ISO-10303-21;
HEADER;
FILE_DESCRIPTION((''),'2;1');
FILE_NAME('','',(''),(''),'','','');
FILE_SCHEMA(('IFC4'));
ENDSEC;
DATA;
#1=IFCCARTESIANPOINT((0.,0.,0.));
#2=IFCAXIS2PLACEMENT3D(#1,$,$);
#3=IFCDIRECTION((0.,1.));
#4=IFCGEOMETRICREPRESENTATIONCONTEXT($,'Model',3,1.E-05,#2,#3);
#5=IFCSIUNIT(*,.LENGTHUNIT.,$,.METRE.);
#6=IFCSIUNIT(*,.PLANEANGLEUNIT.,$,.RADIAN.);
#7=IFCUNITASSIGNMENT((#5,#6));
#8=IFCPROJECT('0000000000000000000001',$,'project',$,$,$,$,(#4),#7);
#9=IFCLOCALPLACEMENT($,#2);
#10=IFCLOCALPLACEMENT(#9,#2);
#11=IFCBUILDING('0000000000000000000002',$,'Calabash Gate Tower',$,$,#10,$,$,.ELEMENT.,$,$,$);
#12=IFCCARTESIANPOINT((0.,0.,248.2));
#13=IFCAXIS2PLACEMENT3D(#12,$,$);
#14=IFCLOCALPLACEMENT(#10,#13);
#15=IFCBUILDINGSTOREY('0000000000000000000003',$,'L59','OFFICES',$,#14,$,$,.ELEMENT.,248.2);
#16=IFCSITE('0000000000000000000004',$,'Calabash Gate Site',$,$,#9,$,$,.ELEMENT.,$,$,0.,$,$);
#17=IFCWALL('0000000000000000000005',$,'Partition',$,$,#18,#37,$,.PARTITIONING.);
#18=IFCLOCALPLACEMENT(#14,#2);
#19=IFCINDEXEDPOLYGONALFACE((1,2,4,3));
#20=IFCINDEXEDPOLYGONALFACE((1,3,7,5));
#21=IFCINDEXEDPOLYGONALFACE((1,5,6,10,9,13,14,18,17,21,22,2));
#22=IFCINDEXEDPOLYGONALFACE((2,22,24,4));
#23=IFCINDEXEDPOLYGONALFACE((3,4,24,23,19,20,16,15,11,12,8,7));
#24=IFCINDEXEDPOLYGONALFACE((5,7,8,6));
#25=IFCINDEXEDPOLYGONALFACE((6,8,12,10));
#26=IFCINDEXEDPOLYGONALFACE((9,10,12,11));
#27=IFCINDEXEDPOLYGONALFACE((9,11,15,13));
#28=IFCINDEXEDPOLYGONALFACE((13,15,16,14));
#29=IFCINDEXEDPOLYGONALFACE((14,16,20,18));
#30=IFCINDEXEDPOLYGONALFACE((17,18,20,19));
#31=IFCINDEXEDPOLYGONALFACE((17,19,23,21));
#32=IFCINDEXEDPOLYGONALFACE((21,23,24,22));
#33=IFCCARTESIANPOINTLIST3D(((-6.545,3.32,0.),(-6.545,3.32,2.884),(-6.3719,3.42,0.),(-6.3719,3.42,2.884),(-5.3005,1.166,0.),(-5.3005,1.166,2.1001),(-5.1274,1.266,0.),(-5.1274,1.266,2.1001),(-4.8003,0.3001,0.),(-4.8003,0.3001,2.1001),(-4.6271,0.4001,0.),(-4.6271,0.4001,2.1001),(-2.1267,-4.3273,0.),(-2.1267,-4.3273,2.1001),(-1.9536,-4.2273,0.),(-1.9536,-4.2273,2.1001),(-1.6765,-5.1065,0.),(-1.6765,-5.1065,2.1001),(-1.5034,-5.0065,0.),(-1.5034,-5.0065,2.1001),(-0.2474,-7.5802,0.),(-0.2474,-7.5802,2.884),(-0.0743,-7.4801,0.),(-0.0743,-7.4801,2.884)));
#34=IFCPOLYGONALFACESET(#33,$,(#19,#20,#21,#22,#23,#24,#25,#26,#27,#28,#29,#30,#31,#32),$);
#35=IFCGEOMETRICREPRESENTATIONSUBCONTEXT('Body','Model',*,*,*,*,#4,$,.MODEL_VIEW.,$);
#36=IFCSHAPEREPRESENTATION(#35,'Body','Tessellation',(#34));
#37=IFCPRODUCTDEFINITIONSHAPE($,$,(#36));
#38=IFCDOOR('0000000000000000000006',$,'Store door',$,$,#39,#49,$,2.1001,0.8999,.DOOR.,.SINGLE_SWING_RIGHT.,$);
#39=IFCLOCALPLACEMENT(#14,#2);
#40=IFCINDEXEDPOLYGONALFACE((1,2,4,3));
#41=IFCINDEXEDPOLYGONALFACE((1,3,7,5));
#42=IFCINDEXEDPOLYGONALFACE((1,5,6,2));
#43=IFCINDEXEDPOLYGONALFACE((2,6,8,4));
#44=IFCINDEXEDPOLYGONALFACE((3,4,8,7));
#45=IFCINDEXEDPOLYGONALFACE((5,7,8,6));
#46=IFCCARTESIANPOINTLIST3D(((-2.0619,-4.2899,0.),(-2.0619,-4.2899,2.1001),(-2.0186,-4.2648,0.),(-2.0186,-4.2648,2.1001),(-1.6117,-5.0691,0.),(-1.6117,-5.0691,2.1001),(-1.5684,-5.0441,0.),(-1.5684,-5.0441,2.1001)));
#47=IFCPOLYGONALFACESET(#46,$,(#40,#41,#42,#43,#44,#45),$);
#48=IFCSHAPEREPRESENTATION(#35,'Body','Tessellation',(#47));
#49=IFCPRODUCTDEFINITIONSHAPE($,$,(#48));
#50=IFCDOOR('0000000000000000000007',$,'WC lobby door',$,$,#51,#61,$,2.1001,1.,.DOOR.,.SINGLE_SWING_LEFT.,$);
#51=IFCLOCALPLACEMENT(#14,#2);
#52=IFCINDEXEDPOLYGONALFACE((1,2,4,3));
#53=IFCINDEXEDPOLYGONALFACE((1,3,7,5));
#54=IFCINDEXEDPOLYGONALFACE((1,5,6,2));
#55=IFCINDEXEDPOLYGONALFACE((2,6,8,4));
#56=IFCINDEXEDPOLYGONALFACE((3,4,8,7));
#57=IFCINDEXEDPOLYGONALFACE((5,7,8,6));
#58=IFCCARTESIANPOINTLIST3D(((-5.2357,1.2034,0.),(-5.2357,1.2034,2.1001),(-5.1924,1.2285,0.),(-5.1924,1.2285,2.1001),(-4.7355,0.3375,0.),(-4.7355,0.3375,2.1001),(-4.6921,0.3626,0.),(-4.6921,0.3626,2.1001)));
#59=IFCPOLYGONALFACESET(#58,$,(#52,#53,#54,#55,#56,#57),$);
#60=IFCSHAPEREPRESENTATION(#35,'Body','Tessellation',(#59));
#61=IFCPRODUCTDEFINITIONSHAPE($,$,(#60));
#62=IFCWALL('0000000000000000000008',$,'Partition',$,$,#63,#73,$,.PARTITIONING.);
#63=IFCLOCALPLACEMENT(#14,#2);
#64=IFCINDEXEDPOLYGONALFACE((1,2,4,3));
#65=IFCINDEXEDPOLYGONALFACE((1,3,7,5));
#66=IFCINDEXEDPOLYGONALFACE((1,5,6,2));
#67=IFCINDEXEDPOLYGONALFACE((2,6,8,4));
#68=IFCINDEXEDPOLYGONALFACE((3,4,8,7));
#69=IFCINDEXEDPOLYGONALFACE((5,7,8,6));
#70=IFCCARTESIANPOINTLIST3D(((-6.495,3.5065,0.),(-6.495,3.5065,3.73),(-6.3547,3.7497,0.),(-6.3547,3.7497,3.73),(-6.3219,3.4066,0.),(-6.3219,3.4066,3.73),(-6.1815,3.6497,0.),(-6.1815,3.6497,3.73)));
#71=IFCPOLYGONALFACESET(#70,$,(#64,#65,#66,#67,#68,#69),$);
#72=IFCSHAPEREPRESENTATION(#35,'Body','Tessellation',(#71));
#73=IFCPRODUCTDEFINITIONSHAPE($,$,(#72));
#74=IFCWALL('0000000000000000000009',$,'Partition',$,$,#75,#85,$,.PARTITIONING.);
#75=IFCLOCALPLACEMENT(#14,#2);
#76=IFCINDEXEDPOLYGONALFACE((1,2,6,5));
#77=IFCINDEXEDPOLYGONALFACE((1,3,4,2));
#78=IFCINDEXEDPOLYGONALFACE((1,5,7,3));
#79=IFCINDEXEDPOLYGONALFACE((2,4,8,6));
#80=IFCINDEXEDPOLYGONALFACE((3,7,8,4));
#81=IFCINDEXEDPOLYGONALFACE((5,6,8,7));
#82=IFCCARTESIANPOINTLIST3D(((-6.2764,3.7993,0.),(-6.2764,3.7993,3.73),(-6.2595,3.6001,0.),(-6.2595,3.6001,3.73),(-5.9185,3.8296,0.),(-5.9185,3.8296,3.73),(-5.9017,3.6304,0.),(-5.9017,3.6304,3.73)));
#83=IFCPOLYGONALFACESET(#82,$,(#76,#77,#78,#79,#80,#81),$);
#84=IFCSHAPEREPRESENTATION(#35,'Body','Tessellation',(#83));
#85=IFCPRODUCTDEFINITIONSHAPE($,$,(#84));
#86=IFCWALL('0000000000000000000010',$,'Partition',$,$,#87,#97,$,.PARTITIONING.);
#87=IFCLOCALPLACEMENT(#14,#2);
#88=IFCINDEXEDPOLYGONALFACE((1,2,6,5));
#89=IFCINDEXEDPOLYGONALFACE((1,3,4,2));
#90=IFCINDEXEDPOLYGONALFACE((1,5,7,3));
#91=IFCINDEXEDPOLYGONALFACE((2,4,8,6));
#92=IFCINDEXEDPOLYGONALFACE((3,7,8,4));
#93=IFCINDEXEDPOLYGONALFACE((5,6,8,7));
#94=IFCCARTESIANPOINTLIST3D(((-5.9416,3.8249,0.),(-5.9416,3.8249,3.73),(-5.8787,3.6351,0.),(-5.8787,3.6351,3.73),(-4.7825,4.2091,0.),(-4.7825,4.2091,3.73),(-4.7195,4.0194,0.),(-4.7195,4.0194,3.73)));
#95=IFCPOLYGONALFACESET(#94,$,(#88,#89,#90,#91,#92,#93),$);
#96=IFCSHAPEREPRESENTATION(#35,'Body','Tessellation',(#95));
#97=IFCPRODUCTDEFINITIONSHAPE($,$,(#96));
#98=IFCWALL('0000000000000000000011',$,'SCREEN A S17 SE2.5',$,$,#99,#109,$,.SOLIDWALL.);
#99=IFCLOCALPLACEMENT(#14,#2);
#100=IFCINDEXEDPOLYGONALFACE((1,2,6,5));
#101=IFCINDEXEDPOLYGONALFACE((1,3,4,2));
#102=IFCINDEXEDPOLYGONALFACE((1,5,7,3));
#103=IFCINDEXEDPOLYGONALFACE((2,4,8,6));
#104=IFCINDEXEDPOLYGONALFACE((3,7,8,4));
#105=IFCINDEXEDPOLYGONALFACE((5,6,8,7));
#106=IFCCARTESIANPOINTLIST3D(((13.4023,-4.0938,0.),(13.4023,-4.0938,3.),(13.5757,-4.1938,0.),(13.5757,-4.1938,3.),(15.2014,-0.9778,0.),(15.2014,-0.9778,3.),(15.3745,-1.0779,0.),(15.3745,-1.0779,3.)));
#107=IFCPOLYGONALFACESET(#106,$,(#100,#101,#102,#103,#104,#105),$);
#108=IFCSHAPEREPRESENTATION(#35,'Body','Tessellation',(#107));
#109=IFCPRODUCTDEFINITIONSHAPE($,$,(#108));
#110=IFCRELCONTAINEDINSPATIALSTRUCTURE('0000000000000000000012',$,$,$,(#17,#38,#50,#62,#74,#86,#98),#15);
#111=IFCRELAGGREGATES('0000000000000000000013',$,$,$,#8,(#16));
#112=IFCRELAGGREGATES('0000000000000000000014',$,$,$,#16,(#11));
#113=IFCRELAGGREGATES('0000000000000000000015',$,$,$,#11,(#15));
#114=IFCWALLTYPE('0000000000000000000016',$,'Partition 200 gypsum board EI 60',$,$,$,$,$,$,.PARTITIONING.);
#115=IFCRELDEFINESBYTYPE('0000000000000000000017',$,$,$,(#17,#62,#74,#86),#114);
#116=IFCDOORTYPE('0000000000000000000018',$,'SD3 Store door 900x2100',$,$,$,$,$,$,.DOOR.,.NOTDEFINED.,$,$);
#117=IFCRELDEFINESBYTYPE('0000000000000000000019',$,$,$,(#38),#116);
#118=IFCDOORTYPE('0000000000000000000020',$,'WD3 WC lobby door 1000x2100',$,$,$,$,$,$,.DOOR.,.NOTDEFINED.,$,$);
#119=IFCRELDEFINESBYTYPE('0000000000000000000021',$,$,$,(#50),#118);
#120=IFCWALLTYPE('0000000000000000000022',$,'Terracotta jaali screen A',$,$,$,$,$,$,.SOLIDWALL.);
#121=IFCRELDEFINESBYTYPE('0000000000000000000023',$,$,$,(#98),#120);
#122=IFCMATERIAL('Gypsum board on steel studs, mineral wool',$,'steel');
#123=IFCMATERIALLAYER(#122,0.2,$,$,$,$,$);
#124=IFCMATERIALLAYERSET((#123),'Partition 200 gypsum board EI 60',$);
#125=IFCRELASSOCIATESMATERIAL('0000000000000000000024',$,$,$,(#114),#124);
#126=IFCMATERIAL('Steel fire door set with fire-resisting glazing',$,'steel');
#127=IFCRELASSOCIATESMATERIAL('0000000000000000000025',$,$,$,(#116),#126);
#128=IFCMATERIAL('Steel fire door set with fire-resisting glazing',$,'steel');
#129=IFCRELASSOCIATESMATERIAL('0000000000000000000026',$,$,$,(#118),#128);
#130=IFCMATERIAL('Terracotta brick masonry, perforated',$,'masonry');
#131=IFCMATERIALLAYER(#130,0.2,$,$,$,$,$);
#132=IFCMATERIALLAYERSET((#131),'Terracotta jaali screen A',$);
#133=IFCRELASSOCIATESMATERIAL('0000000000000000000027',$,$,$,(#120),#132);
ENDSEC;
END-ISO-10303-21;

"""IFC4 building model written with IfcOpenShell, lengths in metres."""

from ifc_helpers import new_model, si_unit, direction, frame, frame_2d, origin, place, context, subcontext, project, spatial, polyline, rectangle, outline, extrude, material, layer, layer_set, type_object, element, fill, save


model = new_model("IFC4")

# Units and contexts
model_context = context("Model", 3, precision=1e-05, world=origin(), true_north=direction((0.0, 1.0)))
body_context = subcontext(model_context, "Body", "Model", "MODEL_VIEW")
ifc_project = project(units=[si_unit("LENGTHUNIT", "METRE"), si_unit("PLANEANGLEUNIT", "RADIAN")], contexts=[model_context])

# Site, building, storey
site_placement = place(None, origin())
site = spatial("IfcSite", under=ifc_project, at=site_placement, Name="Calabash Gate Site", CompositionType="ELEMENT", RefElevation=0.0)
building_placement = place(site_placement, origin())
building = spatial("IfcBuilding", under=site, at=building_placement, Name="Calabash Gate Tower", CompositionType="ELEMENT")
storey_placement = place(building_placement, frame((0.0, 0.0, 248.2)))
storey = spatial("IfcBuildingStorey", under=building, at=storey_placement, Name="L59", Description="OFFICES", CompositionType="ELEMENT", Elevation=248.2)

# Shared definitions
ifc_material_1 = material(Name="Gypsum board on steel studs, mineral wool", Category="steel")
ifc_layer_1 = layer(ifc_material_1, 0.2)
ifc_layer_set_1 = layer_set([ifc_layer_1], Name="Partition 200 gypsum board EI 60")
wall_type_1 = type_object("IfcWallType", Name="Partition 200 gypsum board EI 60", PredefinedType="PARTITIONING", material=ifc_layer_set_1)

# Wall, openings, doors
wall_1_placement = place(storey_placement, frame((-6.4585, 3.3701, 0.0), z_axis=(0.0, 0.0, 1.0), x_axis=(0.500262, -0.865874, 0.0)))
wall_1 = element("IfcWall", 1, at=wall_1_placement, inside=storey, type_object=wall_type_1, Name="Partition", PredefinedType="PARTITIONING", context=body_context, shape_type="SweptSolid", body=[
    extrude(rectangle(XDim=12.5886, YDim=0.2, at=frame_2d((6.2944, 0.0))), origin(), (0.0, 0.0, 1.0), 2.884),
])
opening_1_placement = place(wall_1_placement, frame((8.832, 0.0, 0.0)))
opening_1 = element("IfcOpeningElement", 2, at=opening_1_placement, cuts=wall_1, PredefinedType="OPENING", context=body_context, shape_type="SweptSolid", body=[
    extrude(rectangle(XDim=0.8999, YDim=2.1001, at=frame_2d((0.45, 1.05))), frame((0.0, 0.1099, 0.0), z_axis=(0.0, -1.0, 0.0), x_axis=(1.0, 0.0, 0.0)), (0.0, 0.0, 1.0), 0.22),
])
opening_2_placement = place(wall_1_placement, frame((2.4878, 0.0, 0.0)))
opening_2 = element("IfcOpeningElement", 3, at=opening_2_placement, cuts=wall_1, PredefinedType="OPENING", context=body_context, shape_type="SweptSolid", body=[
    extrude(rectangle(XDim=1.0, YDim=2.1001, at=frame_2d((0.5, 1.05))), frame((0.0, 0.1099, 0.0), z_axis=(0.0, -1.0, 0.0), x_axis=(1.0, 0.0, 0.0)), (0.0, 0.0, 1.0), 0.22),
])
ifc_material_2 = material(Name="Steel fire door set with fire-resisting glazing", Category="steel")
door_type_1 = type_object("IfcDoorType", Name="SD3 Store door 900x2100", OperationType="NOTDEFINED", PredefinedType="DOOR", material=ifc_material_2)
door_1_placement = place(opening_1_placement, origin())
door_1 = element("IfcDoor", 4, at=door_1_placement, inside=storey, type_object=door_type_1, Name="Store door", OperationType="SINGLE_SWING_RIGHT", OverallHeight=2.1001, OverallWidth=0.8999, PredefinedType="DOOR", context=body_context, shape_type="SweptSolid", body=[
    extrude(rectangle(XDim=0.8999, YDim=2.1001, at=frame_2d((0.45, 1.05))), frame((0.0, 0.0249, 0.0), z_axis=(0.0, -1.0, 0.0), x_axis=(1.0, 0.0, 0.0)), (0.0, 0.0, 1.0), 0.05),
])
fill(opening_1, door_1)
ifc_material_3 = material(Name="Steel fire door set with fire-resisting glazing", Category="steel")
door_type_2 = type_object("IfcDoorType", Name="WD3 WC lobby door 1000x2100", OperationType="NOTDEFINED", PredefinedType="DOOR", material=ifc_material_3)
door_2_placement = place(opening_2_placement, origin())
door_2 = element("IfcDoor", 5, at=door_2_placement, inside=storey, type_object=door_type_2, Name="WC lobby door", OperationType="SINGLE_SWING_LEFT", OverallHeight=2.1001, OverallWidth=1.0, PredefinedType="DOOR", context=body_context, shape_type="SweptSolid", body=[
    extrude(rectangle(XDim=1.0, YDim=2.1001, at=frame_2d((0.5, 1.05))), frame((0.0, 0.0249, 0.0), z_axis=(0.0, -1.0, 0.0), x_axis=(1.0, 0.0, 0.0)), (0.0, 0.0, 1.0), 0.05),
])
fill(opening_2, door_2)

# Walls
wall_2_placement = place(storey_placement, frame((-6.4084, 3.4565, 0.0), z_axis=(0.0, 0.0, 1.0), x_axis=(0.499973, 0.866041, 0.0)))
element("IfcWall", 6, at=wall_2_placement, inside=storey, type_object=wall_type_1, Name="Partition", PredefinedType="PARTITIONING", context=body_context, shape_type="SweptSolid", body=[
    extrude(rectangle(XDim=0.2808, YDim=0.2, at=frame_2d((0.1404, 0.0))), origin(), (0.0, 0.0, 1.0), 3.73),
])
wall_3_placement = place(storey_placement, frame((-6.2681, 3.6997, 0.0), z_axis=(0.0, 0.0, 1.0), x_axis=(0.996442, 0.084283, 0.0)))
element("IfcWall", 7, at=wall_3_placement, inside=storey, type_object=wall_type_1, Name="Partition", PredefinedType="PARTITIONING", context=body_context, shape_type="SweptSolid", body=[
    extrude(rectangle(XDim=0.3591, YDim=0.2, at=frame_2d((0.1797, 0.0))), origin(), (0.0, 0.0, 1.0), 3.73),
])
wall_4_placement = place(storey_placement, frame((-5.9102, 3.73, 0.0), z_axis=(0.0, 0.0, 1.0), x_axis=(0.949202, 0.314668, 0.0)))
element("IfcWall", 8, at=wall_4_placement, inside=storey, type_object=wall_type_1, Name="Partition", PredefinedType="PARTITIONING", context=body_context, shape_type="SweptSolid", body=[
    extrude(rectangle(XDim=1.2212, YDim=0.2, at=frame_2d((0.6106, 0.0))), origin(), (0.0, 0.0, 1.0), 3.73),
])
ifc_material_4 = material(Name="Terracotta brick masonry, perforated", Category="masonry")
ifc_layer_2 = layer(ifc_material_4, 0.2)
ifc_layer_set_2 = layer_set([ifc_layer_2], Name="Terracotta jaali screen A")
wall_type_2 = type_object("IfcWallType", Name="Terracotta jaali screen A", PredefinedType="SOLIDWALL", material=ifc_layer_set_2)
wall_5_placement = place(storey_placement, origin())
element("IfcWall", 9, at=wall_5_placement, inside=storey, type_object=wall_type_2, Name="SCREEN A S17 SE2.5", PredefinedType="SOLIDWALL", context=body_context, shape_type="SweptSolid", body=[
    extrude(outline(polyline([(15.2014, -0.9778), (13.4023, -4.0938), (13.5757, -4.1938), (15.3745, -1.0779), (15.2014, -0.9778)])), origin(), (0.0, 0.0, 1.0), 3.0),
])

save(model, "model.ifc")
